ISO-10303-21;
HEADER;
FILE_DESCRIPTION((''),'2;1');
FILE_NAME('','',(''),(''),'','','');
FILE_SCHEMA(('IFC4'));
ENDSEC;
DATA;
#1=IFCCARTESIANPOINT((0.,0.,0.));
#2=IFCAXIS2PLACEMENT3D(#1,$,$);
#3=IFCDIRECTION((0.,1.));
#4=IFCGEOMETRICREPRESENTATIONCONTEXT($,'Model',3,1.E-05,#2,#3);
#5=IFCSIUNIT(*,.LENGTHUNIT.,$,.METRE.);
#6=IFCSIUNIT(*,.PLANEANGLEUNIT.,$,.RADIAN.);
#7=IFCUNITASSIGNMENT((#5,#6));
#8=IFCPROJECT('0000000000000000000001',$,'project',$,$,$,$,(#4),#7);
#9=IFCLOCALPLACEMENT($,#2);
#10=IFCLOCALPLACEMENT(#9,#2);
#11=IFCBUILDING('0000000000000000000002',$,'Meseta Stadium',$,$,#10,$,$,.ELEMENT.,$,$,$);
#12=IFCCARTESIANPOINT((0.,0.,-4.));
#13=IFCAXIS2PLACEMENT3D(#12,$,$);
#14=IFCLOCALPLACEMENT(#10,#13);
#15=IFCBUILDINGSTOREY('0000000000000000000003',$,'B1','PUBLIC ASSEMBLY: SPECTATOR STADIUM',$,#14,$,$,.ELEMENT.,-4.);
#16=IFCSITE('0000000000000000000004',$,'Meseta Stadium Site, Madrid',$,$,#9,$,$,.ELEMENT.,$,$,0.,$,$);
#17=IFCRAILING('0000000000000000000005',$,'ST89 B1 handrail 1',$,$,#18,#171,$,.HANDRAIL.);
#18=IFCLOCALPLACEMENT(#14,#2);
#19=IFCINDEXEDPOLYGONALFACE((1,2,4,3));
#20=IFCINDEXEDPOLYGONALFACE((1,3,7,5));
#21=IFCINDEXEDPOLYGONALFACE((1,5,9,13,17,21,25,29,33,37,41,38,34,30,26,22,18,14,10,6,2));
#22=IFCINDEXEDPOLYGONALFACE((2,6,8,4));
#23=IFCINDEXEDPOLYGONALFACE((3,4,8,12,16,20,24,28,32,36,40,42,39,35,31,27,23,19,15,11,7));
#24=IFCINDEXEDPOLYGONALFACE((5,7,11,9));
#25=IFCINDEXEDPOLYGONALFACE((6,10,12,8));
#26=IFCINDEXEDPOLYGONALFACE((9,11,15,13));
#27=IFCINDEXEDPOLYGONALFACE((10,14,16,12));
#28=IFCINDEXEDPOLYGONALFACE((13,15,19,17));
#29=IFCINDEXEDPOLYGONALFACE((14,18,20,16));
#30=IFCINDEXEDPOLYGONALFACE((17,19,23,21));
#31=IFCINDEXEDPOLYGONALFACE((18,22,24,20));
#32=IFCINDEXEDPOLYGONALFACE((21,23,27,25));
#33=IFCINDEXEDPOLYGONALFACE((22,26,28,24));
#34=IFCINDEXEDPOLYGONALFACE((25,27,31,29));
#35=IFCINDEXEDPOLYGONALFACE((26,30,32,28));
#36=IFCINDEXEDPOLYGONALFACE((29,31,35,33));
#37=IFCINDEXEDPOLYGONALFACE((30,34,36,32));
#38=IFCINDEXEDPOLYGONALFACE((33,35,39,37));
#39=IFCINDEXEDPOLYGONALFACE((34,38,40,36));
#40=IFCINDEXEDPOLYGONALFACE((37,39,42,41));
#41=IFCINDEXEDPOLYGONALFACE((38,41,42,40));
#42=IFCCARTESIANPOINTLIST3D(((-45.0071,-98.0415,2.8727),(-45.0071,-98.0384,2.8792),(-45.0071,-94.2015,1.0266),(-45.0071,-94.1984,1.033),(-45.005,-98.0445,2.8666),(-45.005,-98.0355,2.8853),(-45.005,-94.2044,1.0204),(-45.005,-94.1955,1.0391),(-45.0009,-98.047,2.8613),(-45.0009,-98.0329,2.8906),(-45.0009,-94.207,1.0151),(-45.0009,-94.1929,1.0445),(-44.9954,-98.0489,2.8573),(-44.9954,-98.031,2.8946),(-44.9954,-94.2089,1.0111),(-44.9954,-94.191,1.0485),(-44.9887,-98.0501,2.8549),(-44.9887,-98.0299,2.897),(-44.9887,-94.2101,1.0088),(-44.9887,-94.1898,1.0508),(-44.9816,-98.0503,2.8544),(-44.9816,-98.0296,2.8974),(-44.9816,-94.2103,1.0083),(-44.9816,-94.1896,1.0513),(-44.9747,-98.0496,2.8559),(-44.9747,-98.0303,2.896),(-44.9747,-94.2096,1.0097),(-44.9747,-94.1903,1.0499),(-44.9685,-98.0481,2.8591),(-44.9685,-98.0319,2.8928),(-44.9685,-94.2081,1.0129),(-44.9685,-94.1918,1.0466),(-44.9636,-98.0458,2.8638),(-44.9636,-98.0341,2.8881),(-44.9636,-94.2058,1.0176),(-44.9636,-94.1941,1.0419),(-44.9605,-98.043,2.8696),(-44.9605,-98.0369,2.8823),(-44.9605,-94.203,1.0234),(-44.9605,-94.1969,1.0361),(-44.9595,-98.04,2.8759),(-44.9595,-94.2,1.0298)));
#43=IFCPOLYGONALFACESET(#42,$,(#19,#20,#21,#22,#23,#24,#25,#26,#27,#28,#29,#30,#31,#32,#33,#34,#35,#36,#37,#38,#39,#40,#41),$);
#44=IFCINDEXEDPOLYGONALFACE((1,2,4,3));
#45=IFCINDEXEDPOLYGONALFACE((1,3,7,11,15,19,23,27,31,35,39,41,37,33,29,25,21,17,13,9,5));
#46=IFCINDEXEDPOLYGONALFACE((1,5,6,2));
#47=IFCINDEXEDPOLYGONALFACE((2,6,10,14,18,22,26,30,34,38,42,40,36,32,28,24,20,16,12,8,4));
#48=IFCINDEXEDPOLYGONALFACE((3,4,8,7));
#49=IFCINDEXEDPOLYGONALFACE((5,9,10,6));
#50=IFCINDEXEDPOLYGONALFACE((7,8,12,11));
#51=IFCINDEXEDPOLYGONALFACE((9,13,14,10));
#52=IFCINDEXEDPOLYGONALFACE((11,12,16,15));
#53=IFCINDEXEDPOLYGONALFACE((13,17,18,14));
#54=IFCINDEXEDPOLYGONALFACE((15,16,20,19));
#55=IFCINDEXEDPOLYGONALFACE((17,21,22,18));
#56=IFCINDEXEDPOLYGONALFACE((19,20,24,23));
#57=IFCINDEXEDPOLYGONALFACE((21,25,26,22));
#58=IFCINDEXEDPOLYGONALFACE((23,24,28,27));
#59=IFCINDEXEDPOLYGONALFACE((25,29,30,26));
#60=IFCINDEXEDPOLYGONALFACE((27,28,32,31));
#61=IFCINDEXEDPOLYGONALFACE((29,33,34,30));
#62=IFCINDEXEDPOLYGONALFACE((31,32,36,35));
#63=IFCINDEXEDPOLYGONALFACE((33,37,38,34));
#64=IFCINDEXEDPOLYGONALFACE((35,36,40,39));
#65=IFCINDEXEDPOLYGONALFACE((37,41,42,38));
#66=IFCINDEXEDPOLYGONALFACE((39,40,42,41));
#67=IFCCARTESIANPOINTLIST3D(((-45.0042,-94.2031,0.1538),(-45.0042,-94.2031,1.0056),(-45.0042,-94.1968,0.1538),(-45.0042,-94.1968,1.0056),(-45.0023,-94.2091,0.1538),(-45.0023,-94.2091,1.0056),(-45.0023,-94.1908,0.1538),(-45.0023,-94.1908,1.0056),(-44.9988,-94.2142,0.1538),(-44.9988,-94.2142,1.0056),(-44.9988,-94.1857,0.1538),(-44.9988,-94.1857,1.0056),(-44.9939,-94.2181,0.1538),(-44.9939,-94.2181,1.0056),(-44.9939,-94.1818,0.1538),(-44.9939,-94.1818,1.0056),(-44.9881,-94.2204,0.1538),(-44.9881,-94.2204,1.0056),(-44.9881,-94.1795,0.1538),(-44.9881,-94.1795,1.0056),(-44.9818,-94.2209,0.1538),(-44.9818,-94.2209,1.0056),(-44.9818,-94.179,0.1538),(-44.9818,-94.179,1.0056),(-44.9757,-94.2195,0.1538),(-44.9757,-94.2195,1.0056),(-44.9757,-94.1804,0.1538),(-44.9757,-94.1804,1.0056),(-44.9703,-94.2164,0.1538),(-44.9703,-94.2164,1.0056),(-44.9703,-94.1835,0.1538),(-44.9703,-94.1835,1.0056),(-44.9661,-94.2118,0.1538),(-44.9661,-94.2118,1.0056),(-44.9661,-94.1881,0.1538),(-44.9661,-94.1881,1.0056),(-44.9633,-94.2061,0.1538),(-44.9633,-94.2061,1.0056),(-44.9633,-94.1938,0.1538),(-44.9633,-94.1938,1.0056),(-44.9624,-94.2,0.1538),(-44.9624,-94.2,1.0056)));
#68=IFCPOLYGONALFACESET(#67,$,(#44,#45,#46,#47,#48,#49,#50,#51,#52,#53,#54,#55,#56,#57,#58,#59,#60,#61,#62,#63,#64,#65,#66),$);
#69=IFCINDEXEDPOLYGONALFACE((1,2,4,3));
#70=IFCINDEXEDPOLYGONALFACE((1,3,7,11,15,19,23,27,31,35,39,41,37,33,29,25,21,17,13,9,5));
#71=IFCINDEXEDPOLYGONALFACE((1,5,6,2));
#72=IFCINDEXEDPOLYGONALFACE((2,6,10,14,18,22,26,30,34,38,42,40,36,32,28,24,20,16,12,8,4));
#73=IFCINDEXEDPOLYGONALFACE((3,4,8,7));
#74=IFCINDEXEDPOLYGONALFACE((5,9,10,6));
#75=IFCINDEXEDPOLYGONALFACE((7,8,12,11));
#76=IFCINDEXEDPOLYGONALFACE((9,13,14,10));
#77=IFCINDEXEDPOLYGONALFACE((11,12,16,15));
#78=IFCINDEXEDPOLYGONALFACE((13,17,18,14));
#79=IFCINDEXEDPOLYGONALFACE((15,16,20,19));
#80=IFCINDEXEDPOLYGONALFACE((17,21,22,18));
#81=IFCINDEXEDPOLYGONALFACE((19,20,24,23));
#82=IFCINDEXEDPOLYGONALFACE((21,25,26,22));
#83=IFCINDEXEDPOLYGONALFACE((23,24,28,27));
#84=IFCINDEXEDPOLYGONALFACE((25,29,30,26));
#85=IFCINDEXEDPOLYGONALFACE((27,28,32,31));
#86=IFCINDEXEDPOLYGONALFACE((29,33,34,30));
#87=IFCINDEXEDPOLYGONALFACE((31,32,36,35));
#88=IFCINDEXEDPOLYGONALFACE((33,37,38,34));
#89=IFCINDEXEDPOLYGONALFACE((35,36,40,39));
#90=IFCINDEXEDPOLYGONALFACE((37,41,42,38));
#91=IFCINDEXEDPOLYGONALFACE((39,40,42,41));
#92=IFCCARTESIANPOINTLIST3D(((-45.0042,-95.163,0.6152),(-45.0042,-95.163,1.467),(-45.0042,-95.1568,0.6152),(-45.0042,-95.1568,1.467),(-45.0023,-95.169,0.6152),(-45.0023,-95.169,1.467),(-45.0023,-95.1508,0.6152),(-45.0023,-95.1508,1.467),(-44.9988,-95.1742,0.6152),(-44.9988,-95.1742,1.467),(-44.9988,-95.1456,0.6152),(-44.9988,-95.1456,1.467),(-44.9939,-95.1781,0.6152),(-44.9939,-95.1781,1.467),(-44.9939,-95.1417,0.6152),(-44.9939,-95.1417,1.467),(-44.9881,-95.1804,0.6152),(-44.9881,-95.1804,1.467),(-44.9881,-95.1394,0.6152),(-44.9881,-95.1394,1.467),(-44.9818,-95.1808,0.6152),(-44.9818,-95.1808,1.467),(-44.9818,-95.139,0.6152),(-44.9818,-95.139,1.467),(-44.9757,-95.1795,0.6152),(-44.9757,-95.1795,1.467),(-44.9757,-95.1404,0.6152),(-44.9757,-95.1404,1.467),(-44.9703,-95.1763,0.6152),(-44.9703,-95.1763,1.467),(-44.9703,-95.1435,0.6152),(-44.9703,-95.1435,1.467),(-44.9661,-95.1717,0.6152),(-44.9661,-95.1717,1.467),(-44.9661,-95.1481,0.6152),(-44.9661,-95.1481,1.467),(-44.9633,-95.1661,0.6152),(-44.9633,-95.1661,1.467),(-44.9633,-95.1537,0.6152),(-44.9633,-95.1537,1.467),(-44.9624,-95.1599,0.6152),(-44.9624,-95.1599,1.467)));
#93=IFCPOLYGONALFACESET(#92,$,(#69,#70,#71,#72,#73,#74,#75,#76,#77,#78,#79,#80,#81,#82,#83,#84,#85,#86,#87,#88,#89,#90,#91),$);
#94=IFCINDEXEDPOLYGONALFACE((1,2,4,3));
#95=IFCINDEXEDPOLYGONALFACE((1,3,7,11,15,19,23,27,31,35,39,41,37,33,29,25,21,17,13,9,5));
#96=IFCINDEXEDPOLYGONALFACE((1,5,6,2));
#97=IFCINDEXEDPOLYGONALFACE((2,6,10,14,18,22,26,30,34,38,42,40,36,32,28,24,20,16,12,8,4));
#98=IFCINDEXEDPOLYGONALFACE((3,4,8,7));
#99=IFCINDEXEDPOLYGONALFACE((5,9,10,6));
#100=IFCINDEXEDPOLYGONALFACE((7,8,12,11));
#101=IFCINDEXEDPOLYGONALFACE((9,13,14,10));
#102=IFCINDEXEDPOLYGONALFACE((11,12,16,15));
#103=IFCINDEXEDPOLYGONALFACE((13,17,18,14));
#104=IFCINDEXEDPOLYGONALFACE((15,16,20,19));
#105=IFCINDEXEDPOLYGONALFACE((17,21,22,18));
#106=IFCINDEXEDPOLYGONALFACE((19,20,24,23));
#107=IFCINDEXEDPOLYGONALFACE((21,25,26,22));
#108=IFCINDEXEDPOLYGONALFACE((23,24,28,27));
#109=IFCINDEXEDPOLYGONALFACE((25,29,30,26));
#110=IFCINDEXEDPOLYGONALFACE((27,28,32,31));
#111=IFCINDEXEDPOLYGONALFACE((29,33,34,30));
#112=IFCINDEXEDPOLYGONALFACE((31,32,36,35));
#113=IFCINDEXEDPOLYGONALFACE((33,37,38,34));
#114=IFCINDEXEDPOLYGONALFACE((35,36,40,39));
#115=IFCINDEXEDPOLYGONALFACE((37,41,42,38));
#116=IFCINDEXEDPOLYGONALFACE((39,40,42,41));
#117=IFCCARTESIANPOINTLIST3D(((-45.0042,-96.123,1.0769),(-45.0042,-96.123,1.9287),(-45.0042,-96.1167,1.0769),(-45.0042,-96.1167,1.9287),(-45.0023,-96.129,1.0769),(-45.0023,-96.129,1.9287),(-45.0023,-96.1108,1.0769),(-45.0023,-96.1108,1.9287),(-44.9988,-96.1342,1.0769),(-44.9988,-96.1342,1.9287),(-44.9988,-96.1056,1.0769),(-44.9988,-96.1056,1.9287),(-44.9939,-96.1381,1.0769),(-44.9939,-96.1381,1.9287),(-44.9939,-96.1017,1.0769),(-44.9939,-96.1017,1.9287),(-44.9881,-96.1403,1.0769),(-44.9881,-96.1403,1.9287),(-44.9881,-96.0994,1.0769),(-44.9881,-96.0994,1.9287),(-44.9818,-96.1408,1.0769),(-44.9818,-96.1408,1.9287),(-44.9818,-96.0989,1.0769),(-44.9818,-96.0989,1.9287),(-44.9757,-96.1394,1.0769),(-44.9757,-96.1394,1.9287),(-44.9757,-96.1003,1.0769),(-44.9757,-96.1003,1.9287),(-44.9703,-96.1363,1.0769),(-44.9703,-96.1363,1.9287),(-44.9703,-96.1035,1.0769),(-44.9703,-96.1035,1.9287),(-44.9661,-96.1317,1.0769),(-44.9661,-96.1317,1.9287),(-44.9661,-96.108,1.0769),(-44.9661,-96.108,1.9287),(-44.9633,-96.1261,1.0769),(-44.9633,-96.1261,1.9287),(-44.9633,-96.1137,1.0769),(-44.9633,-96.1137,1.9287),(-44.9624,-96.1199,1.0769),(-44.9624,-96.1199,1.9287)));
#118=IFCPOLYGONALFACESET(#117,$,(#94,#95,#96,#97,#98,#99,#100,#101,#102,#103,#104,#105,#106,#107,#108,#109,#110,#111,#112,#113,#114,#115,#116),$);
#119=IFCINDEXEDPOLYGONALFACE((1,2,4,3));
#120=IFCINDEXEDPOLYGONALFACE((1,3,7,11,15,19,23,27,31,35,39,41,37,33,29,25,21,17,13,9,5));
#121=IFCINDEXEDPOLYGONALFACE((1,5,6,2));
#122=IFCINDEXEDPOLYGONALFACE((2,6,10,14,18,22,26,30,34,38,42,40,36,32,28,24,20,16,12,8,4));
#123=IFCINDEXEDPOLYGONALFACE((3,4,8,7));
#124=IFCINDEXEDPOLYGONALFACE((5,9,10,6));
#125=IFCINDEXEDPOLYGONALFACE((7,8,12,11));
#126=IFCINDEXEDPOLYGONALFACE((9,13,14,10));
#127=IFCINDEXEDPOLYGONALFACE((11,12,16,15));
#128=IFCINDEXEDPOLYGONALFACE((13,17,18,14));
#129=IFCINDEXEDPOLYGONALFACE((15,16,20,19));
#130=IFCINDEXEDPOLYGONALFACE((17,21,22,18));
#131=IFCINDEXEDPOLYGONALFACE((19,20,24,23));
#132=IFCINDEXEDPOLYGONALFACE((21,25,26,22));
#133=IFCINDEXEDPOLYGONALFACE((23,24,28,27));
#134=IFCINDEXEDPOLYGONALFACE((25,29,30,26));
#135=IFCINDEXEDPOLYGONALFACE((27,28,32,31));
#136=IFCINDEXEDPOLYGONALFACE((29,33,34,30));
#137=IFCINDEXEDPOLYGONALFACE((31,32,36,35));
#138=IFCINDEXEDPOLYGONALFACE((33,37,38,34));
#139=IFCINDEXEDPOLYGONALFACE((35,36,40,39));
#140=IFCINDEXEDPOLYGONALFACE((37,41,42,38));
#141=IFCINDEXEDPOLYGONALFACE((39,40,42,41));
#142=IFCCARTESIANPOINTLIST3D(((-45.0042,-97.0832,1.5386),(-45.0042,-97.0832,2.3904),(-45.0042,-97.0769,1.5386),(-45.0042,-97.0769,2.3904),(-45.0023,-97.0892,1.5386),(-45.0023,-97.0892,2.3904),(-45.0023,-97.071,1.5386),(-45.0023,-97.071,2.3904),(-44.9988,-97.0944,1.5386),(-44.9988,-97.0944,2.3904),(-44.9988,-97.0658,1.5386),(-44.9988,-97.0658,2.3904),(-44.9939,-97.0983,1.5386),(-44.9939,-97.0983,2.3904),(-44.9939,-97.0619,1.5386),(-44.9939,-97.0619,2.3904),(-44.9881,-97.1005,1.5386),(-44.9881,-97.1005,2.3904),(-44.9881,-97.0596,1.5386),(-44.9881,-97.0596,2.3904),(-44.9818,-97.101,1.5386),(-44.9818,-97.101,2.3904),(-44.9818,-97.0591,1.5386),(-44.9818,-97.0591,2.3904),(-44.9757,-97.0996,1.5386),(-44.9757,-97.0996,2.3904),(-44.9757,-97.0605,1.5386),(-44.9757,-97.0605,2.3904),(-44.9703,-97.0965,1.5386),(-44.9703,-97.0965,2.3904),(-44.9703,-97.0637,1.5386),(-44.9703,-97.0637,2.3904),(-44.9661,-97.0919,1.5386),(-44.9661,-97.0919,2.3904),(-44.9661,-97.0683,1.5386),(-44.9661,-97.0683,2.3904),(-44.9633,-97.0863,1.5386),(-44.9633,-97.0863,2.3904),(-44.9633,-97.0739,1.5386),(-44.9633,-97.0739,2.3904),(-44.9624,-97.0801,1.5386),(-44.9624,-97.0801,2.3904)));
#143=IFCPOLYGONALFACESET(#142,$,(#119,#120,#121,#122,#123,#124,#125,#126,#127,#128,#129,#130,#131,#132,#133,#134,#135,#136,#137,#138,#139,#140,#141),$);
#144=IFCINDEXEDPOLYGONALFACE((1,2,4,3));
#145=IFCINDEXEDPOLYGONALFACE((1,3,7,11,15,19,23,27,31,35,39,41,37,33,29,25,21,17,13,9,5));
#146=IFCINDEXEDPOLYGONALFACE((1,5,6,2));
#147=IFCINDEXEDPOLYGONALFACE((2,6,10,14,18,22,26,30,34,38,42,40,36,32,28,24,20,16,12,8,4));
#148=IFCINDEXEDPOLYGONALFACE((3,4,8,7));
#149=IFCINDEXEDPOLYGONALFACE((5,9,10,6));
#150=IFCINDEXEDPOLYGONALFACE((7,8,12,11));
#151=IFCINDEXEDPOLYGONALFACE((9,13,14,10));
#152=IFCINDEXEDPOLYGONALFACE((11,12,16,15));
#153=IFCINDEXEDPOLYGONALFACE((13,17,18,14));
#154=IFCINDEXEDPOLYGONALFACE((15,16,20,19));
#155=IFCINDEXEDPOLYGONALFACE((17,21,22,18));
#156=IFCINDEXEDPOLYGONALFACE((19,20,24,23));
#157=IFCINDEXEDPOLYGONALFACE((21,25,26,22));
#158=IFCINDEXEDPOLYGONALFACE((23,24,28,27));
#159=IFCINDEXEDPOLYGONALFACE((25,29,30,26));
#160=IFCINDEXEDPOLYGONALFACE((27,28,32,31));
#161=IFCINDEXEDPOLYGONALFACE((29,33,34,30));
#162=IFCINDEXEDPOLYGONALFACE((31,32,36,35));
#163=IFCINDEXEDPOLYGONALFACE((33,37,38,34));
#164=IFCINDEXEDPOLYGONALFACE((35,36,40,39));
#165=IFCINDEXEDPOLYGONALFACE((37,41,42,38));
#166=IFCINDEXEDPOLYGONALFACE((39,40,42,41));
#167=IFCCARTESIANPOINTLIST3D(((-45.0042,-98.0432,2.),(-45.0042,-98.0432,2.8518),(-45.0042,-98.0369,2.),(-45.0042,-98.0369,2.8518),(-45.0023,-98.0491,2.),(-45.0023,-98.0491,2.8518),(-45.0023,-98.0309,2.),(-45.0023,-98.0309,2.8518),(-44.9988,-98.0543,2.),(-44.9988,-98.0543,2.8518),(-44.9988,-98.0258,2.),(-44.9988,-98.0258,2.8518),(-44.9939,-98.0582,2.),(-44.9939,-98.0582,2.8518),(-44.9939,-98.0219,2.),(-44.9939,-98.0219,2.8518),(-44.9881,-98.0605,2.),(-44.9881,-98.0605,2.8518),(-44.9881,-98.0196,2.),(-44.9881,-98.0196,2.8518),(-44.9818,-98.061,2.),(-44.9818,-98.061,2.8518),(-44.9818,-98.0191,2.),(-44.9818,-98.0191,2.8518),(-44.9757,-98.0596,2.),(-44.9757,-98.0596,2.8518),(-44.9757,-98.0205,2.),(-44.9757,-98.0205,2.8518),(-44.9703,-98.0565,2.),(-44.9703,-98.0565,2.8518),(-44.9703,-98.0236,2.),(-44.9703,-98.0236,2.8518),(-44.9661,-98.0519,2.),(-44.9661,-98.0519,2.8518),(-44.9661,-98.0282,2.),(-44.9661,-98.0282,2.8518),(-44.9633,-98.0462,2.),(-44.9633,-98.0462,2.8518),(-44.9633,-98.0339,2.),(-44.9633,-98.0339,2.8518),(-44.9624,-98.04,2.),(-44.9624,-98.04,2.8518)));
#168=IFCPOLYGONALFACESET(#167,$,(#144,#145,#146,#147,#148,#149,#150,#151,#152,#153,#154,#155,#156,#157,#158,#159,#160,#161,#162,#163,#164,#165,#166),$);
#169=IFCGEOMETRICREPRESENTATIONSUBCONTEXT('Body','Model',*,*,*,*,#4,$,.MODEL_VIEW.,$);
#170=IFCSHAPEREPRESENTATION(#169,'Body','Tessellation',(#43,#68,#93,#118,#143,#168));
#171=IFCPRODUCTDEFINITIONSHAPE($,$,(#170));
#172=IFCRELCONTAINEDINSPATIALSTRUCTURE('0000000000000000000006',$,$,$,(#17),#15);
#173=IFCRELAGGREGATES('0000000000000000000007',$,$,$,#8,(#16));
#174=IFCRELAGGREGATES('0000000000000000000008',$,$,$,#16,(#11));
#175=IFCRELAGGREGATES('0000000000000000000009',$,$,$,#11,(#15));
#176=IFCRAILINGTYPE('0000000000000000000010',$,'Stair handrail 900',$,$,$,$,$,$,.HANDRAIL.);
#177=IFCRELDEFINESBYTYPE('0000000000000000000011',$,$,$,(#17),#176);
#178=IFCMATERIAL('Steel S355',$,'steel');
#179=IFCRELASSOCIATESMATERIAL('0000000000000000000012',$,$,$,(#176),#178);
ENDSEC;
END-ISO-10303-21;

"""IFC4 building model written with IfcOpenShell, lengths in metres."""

from ifc_helpers import new_model, si_unit, direction, frame, origin, origin_2d, place, context, subcontext, project, spatial, circle, extrude, material, type_object, element, save


model = new_model("IFC4")

# Units and contexts
model_context = context("Model", 3, precision=1e-05, world=origin(), true_north=direction((0.0, 1.0)))
body_context = subcontext(model_context, "Body", "Model", "MODEL_VIEW")
ifc_project = project(units=[si_unit("LENGTHUNIT", "METRE"), si_unit("PLANEANGLEUNIT", "RADIAN")], contexts=[model_context])

# Site, building, storey
site_placement = place(None, origin())
site = spatial("IfcSite", under=ifc_project, at=site_placement, Name="Meseta Stadium Site, Madrid", CompositionType="ELEMENT", RefElevation=0.0)
building_placement = place(site_placement, origin())
building = spatial("IfcBuilding", under=site, at=building_placement, Name="Meseta Stadium", CompositionType="ELEMENT")
storey_placement = place(building_placement, frame((0.0, 0.0, -4.0)))
storey = spatial("IfcBuildingStorey", under=building, at=storey_placement, Name="B1", Description="PUBLIC ASSEMBLY: SPECTATOR STADIUM", CompositionType="ELEMENT", Elevation=-4.0)

# Railing
ifc_material_1 = material(Name="Steel S355", Category="steel")
railing_type_1 = type_object("IfcRailingType", Name="Stair handrail 900", PredefinedType="HANDRAIL", material=ifc_material_1)
railing_1_placement = place(storey_placement, frame((-44.9834, -94.2, 0.1538)))
element("IfcRailing", 1, at=railing_1_placement, inside=storey, type_object=railing_type_1, Name="ST89 B1 handrail 1", PredefinedType="HANDRAIL", context=body_context, shape_type="SweptSolid", body=[
    extrude(circle(Radius=0.0239, at=origin_2d()), frame((0.0, 0.0, 0.876), z_axis=(0.0, -0.901253, 0.433294), x_axis=(1.0, 0.0, 0.0)), (0.0, 0.0, 1.0), 4.2607),
    extrude(circle(Radius=0.021, at=origin_2d()), origin(), (0.0, 0.0, 1.0), 0.8518),
    extrude(circle(Radius=0.021, at=origin_2d()), frame((0.0, -0.96, 0.4614)), (0.0, 0.0, 1.0), 0.8518),
    extrude(circle(Radius=0.021, at=origin_2d()), frame((0.0, -1.9199, 0.9231)), (0.0, 0.0, 1.0), 0.8518),
    extrude(circle(Radius=0.021, at=origin_2d()), frame((0.0, -2.8801, 1.3848)), (0.0, 0.0, 1.0), 0.8518),
    extrude(circle(Radius=0.021, at=origin_2d()), frame((0.0, -3.8401, 1.8462)), (0.0, 0.0, 1.0), 0.8518),
])

save(model, "model.ifc")
